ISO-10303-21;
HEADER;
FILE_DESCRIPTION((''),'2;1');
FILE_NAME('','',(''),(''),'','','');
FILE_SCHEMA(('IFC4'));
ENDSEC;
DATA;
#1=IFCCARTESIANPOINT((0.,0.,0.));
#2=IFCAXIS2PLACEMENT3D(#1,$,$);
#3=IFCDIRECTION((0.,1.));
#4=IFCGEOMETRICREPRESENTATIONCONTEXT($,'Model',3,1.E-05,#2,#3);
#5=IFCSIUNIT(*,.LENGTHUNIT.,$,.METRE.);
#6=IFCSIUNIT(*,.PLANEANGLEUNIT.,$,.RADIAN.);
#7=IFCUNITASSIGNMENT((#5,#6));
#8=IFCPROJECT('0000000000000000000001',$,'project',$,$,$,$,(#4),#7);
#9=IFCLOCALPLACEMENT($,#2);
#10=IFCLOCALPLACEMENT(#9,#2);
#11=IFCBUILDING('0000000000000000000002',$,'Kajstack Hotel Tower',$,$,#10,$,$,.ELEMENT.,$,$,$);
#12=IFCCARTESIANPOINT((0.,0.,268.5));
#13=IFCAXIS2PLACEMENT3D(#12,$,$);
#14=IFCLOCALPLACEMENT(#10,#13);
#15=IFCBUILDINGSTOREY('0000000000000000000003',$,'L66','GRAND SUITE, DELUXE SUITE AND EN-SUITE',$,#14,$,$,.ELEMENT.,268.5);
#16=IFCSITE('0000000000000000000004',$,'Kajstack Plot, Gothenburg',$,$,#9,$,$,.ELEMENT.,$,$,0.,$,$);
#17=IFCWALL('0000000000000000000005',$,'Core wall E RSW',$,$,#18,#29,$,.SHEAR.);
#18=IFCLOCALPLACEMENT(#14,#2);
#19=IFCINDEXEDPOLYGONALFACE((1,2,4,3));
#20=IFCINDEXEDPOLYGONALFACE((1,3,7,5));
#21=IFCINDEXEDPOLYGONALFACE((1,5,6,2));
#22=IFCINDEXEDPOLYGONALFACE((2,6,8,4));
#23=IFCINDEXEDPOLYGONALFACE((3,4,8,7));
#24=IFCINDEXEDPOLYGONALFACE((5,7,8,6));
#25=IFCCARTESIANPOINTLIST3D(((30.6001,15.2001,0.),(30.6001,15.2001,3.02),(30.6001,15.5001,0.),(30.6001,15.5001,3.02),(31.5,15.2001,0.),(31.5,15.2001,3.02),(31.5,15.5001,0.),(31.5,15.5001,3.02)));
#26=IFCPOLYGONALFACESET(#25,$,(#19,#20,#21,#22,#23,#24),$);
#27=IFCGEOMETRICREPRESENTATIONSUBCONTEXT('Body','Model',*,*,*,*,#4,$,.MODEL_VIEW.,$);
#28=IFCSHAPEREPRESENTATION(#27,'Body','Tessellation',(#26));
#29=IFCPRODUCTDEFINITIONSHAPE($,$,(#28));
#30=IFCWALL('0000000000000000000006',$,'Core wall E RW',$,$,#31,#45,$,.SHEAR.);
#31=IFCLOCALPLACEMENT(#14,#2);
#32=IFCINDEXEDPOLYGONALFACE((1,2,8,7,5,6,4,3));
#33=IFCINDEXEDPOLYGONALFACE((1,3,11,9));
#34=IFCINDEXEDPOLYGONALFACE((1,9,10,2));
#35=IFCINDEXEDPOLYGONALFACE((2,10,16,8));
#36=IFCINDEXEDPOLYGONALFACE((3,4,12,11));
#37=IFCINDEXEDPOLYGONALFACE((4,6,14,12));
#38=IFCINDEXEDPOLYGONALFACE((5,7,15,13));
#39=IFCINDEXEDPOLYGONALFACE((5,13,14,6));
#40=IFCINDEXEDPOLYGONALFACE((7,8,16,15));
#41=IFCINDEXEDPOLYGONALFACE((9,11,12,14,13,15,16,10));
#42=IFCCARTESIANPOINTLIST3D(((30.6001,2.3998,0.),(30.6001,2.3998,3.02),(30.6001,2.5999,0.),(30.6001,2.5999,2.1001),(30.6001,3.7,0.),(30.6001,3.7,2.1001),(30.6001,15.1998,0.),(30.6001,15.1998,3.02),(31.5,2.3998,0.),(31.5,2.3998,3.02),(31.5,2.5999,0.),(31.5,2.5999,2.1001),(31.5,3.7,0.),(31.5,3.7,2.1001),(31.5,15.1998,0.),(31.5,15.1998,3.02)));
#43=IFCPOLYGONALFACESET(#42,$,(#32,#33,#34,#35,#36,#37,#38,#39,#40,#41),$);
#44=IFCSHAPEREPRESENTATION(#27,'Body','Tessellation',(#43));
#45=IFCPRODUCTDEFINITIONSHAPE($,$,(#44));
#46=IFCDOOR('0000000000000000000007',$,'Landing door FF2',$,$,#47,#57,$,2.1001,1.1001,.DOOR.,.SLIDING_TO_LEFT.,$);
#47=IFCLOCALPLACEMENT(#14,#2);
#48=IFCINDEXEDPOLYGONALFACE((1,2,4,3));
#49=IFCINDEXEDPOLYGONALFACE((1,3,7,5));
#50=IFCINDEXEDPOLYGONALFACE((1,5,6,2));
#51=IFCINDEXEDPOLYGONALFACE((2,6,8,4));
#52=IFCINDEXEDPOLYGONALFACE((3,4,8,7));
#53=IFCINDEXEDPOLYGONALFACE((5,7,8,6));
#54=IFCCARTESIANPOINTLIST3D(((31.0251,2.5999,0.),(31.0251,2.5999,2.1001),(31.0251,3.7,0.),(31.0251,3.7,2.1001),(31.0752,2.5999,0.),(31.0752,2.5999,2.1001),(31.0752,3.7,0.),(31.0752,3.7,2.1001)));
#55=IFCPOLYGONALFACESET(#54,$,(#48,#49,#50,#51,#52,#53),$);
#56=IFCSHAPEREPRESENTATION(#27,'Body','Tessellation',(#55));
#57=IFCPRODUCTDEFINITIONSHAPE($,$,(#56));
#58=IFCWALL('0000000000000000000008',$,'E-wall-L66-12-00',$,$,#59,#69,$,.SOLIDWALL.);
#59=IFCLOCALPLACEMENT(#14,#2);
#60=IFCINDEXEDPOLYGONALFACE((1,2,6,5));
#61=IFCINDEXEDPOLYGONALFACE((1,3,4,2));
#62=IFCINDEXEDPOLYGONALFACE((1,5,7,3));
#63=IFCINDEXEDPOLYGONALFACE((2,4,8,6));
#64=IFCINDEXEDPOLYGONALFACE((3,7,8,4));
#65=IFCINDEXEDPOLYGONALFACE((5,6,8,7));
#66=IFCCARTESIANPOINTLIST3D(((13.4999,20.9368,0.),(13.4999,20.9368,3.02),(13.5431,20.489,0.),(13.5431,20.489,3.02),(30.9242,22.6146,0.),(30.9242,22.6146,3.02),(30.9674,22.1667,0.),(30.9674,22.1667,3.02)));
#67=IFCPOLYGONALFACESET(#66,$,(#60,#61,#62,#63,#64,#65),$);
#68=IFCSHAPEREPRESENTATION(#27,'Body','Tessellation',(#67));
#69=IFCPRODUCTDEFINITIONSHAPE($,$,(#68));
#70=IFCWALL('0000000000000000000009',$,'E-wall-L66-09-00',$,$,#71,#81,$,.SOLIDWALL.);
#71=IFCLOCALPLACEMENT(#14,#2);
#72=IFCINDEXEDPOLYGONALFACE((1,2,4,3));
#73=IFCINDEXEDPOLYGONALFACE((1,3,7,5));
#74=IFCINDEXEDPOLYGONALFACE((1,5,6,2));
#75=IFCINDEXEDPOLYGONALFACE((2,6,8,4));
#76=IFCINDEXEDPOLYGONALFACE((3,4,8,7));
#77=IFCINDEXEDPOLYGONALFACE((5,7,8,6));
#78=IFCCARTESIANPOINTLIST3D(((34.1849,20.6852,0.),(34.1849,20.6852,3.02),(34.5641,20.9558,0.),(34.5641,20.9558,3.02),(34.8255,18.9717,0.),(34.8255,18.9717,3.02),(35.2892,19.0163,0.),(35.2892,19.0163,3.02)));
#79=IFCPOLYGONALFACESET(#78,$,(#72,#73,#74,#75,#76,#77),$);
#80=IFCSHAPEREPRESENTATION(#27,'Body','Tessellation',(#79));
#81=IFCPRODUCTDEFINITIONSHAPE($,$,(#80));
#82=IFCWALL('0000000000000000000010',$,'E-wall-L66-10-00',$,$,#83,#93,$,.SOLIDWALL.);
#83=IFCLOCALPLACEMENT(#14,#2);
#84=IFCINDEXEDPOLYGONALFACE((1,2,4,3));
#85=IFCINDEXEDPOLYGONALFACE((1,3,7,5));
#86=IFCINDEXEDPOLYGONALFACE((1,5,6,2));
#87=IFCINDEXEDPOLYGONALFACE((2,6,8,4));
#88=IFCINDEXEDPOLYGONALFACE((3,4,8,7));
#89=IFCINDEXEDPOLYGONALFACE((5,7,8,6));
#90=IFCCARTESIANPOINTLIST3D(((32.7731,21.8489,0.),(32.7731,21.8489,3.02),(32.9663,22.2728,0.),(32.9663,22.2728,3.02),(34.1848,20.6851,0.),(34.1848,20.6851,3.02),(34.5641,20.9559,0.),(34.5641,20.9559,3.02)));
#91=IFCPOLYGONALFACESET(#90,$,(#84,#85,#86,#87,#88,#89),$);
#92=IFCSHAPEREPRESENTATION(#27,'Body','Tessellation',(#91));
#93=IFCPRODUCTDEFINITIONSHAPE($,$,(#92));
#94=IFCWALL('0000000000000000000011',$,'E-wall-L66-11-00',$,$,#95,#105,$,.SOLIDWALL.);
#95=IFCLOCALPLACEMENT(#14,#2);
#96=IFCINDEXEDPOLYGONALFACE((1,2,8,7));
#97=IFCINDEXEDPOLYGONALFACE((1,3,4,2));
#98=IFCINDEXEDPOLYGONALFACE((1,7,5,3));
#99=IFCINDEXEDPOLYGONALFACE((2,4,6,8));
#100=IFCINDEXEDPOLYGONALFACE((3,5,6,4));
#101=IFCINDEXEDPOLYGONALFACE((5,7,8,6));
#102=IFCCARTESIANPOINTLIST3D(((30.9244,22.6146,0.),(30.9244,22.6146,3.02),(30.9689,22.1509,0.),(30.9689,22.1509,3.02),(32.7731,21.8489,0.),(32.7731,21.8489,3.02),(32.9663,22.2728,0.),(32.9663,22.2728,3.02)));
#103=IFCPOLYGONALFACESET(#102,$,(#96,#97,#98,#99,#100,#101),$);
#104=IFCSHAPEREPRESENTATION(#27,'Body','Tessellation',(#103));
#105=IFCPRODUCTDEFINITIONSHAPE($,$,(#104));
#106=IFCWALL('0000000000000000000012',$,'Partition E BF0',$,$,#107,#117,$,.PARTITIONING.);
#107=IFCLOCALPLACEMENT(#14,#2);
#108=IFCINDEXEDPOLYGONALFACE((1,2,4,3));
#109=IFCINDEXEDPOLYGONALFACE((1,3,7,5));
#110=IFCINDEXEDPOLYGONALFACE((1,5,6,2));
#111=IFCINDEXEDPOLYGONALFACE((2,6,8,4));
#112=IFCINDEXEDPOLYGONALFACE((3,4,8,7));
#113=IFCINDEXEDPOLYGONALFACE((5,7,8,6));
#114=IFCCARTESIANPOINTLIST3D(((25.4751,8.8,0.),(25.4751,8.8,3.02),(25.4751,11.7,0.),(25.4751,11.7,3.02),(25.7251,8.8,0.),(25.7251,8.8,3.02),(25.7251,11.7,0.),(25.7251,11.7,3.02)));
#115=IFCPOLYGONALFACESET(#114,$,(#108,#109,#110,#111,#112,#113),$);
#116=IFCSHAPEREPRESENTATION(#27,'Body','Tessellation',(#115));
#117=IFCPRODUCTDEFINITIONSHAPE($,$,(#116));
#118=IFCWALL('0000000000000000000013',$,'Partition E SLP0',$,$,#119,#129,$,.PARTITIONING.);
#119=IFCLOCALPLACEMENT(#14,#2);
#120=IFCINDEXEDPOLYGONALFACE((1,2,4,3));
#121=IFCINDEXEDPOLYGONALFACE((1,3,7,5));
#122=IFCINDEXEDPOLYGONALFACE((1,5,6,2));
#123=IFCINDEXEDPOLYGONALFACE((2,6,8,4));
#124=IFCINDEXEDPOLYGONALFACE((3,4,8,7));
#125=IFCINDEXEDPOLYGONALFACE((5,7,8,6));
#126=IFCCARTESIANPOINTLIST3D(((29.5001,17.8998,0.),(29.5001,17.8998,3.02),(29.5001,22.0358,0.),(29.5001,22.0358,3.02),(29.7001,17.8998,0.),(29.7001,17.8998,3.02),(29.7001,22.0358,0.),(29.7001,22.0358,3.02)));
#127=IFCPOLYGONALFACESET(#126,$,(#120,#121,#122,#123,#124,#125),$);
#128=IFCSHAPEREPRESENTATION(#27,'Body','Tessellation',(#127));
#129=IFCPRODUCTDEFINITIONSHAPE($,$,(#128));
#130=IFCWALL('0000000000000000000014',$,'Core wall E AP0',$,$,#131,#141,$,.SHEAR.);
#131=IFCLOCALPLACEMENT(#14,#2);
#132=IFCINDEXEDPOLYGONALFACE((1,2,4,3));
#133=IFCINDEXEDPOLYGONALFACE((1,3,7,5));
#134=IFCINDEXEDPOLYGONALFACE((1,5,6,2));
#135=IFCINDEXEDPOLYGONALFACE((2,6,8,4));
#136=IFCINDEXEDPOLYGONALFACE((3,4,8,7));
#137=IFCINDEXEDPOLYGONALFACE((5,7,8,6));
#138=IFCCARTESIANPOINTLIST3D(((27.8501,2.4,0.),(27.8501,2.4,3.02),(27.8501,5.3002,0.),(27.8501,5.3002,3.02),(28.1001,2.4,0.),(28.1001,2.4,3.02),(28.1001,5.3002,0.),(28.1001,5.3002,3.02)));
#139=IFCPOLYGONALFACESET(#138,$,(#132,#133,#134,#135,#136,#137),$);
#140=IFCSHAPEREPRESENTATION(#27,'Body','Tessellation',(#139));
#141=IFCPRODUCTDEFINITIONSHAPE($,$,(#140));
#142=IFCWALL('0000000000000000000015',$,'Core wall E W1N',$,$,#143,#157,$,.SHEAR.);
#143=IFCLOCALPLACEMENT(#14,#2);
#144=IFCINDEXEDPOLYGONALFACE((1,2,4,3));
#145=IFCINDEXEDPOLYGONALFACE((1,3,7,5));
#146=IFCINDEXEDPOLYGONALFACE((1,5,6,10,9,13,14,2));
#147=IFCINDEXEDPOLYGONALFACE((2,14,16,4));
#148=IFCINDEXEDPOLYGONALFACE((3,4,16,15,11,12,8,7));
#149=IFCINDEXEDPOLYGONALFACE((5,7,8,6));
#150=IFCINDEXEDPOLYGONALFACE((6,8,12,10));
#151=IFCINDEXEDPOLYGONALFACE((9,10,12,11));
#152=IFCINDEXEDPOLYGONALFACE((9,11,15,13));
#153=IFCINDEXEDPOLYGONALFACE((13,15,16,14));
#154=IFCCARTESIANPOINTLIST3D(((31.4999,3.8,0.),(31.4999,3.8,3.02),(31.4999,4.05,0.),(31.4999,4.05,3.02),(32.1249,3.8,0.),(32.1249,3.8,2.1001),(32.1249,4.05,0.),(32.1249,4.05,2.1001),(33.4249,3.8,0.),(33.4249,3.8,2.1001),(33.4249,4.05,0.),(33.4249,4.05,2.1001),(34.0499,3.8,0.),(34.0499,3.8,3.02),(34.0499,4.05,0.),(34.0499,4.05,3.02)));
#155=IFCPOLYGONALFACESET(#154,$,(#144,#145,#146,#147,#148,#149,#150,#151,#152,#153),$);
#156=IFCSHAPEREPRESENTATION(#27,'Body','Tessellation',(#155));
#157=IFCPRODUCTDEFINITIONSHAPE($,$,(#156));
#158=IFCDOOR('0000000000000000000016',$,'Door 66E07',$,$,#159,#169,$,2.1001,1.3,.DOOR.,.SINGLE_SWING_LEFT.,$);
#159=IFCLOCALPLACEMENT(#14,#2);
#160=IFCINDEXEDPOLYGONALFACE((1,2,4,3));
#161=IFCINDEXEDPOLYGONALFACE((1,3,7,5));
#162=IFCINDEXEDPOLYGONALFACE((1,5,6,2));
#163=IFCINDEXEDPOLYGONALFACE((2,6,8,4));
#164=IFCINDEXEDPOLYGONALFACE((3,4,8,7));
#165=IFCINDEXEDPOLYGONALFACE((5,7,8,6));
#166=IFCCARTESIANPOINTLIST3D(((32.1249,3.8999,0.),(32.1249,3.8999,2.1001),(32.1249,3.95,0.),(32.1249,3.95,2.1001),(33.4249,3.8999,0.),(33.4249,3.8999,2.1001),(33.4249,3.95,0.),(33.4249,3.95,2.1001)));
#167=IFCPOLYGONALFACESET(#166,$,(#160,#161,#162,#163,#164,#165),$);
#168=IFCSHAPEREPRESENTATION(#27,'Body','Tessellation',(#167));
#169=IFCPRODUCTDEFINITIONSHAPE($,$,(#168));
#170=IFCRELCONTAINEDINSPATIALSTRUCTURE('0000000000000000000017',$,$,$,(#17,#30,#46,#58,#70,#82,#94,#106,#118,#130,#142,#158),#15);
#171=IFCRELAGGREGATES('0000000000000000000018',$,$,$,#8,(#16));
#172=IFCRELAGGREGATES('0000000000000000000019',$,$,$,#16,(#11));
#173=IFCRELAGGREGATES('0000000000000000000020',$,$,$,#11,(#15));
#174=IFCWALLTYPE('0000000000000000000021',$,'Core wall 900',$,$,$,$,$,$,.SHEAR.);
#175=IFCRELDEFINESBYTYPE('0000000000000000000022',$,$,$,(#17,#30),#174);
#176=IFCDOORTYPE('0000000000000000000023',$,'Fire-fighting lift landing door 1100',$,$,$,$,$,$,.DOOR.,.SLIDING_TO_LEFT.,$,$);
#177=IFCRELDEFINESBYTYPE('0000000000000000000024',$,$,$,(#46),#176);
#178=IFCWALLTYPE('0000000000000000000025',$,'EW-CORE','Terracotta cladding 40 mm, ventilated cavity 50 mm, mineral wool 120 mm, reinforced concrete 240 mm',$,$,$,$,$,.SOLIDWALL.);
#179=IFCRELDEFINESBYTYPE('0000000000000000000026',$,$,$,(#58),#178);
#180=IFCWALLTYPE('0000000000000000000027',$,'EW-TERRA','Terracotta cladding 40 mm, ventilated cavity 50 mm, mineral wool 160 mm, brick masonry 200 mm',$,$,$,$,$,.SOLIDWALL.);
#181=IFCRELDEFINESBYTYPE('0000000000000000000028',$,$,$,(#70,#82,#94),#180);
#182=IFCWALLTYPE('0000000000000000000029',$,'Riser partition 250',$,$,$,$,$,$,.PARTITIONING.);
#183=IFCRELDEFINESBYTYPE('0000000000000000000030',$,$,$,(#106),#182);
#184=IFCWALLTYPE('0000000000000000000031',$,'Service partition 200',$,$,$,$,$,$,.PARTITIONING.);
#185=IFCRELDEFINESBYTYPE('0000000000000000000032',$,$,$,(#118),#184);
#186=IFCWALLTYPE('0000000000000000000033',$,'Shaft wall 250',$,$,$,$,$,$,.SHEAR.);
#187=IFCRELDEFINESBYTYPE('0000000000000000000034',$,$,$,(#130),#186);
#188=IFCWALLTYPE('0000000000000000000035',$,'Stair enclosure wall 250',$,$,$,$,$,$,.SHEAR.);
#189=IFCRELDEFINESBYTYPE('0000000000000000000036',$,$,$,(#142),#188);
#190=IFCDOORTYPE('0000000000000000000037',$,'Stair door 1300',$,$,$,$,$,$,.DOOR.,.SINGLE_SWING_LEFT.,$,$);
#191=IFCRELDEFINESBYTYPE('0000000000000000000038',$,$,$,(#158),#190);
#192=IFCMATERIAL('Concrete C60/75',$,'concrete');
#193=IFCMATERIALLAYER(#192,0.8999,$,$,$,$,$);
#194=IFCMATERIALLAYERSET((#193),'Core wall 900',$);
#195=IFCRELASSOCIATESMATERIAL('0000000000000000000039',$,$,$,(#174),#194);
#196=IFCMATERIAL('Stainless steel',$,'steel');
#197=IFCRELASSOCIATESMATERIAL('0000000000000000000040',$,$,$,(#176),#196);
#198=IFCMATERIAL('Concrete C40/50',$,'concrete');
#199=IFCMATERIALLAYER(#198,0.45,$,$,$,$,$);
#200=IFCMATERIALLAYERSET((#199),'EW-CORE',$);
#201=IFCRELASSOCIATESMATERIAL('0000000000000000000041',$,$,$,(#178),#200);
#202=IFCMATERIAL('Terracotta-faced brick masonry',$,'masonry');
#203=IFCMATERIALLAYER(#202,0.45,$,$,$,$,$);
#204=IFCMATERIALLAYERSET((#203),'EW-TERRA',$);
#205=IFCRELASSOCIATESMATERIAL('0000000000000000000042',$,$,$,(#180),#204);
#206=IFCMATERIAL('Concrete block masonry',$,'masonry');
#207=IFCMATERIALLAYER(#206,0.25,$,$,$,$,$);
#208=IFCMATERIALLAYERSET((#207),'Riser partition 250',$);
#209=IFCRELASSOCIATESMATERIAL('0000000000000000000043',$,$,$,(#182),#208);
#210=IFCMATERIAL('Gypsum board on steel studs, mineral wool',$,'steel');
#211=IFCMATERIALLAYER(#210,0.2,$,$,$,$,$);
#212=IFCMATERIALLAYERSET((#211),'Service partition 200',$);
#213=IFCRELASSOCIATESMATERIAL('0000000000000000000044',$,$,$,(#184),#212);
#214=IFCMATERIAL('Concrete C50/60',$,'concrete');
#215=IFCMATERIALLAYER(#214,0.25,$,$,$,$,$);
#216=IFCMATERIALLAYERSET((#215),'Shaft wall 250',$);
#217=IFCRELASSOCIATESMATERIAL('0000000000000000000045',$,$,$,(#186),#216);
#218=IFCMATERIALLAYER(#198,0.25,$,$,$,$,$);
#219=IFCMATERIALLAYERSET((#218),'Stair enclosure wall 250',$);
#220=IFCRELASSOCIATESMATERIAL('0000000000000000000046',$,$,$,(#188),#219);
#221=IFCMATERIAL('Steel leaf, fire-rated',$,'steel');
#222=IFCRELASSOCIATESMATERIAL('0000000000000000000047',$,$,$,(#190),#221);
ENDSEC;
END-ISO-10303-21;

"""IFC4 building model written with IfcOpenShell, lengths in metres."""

from ifc_helpers import new_model, si_unit, direction, frame, frame_2d, origin, place, context, subcontext, project, spatial, polyline, rectangle, outline, extrude, material, layer, layer_set, type_object, element, fill, save


model = new_model("IFC4")

# Units and contexts
model_context = context("Model", 3, precision=1e-05, world=origin(), true_north=direction((0.0, 1.0)))
body_context = subcontext(model_context, "Body", "Model", "MODEL_VIEW")
ifc_project = project(units=[si_unit("LENGTHUNIT", "METRE"), si_unit("PLANEANGLEUNIT", "RADIAN")], contexts=[model_context])

# Site, building, storey
site_placement = place(None, origin())
site = spatial("IfcSite", under=ifc_project, at=site_placement, Name="Kajstack Plot, Gothenburg", CompositionType="ELEMENT", RefElevation=0.0)
building_placement = place(site_placement, origin())
building = spatial("IfcBuilding", under=site, at=building_placement, Name="Kajstack Hotel Tower", CompositionType="ELEMENT")
storey_placement = place(building_placement, frame((0.0, 0.0, 268.5)))
storey = spatial("IfcBuildingStorey", under=building, at=storey_placement, Name="L66", Description="GRAND SUITE, DELUXE SUITE AND EN-SUITE", CompositionType="ELEMENT", Elevation=268.5)

# Wall
ifc_material_1 = material(Name="Concrete C60/75", Category="concrete")
ifc_layer_1 = layer(ifc_material_1, 0.8999)
ifc_layer_set_1 = layer_set([ifc_layer_1], Name="Core wall 900")
wall_type_1 = type_object("IfcWallType", Name="Core wall 900", PredefinedType="SHEAR", material=ifc_layer_set_1)
wall_1_placement = place(storey_placement, frame((30.6001, 15.3501, 0.0), z_axis=(0.0, 0.0, 1.0), x_axis=(1.0, 0.0, 0.0)))
element("IfcWall", 1, at=wall_1_placement, inside=storey, type_object=wall_type_1, Name="Core wall E RSW", PredefinedType="SHEAR", context=body_context, shape_type="SweptSolid", body=[
    extrude(rectangle(XDim=0.8999, YDim=0.3, at=frame_2d((0.45, 0.0))), origin(), (0.0, 0.0, 1.0), 3.02),
])

# Wall, opening, door
wall_2_placement = place(storey_placement, frame((31.05, 2.3999, 0.0), z_axis=(0.0, 0.0, 1.0), x_axis=(0.0, 1.0, 0.0)))
wall_2 = element("IfcWall", 2, at=wall_2_placement, inside=storey, type_object=wall_type_1, Name="Core wall E RW", PredefinedType="SHEAR", context=body_context, shape_type="SweptSolid", body=[
    extrude(rectangle(XDim=12.8, YDim=0.8999, at=frame_2d((6.3999, 0.0))), origin(), (0.0, 0.0, 1.0), 3.02),
])
opening_1_placement = place(wall_2_placement, frame((0.2, 0.0, 0.0)))
opening_1 = element("IfcOpeningElement", 3, at=opening_1_placement, cuts=wall_2, PredefinedType="OPENING", context=body_context, shape_type="SweptSolid", body=[
    extrude(rectangle(XDim=1.1001, YDim=2.1001, at=frame_2d((0.55, 1.05))), frame((0.0, 0.46, 0.0), z_axis=(0.0, -1.0, 0.0), x_axis=(1.0, 0.0, 0.0)), (0.0, 0.0, 1.0), 0.9199),
])
ifc_material_2 = material(Name="Stainless steel", Category="steel")
door_type_1 = type_object("IfcDoorType", Name="Fire-fighting lift landing door 1100", OperationType="SLIDING_TO_LEFT", PredefinedType="DOOR", material=ifc_material_2)
door_1_placement = place(opening_1_placement, origin())
door_1 = element("IfcDoor", 4, at=door_1_placement, inside=storey, type_object=door_type_1, Name="Landing door FF2", OperationType="SLIDING_TO_LEFT", OverallHeight=2.1001, OverallWidth=1.1001, PredefinedType="DOOR", context=body_context, shape_type="SweptSolid", body=[
    extrude(rectangle(XDim=1.1001, YDim=2.1001, at=frame_2d((0.55, 1.05))), frame((0.0, 0.0249, 0.0), z_axis=(0.0, -1.0, 0.0), x_axis=(1.0, 0.0, 0.0)), (0.0, 0.0, 1.0), 0.05),
])
fill(opening_1, door_1)

# Walls
ifc_material_3 = material(Name="Concrete C40/50", Category="concrete")
ifc_layer_2 = layer(ifc_material_3, 0.45)
ifc_layer_set_2 = layer_set([ifc_layer_2], Name="EW-CORE")
wall_type_2 = type_object("IfcWallType", Name="EW-CORE", Description="Terracotta cladding 40 mm, ventilated cavity 50 mm, mineral wool 120 mm, reinforced concrete 240 mm", PredefinedType="SOLIDWALL", material=ifc_layer_set_2)
wall_3_placement = place(storey_placement, frame((30.9458, 22.3906, 0.0), z_axis=(0.0, 0.0, 1.0), x_axis=(-0.995396, -0.095844, 0.0)))
element("IfcWall", 5, at=wall_3_placement, inside=storey, type_object=wall_type_2, Name="E-wall-L66-12-00", PredefinedType="SOLIDWALL", context=body_context, shape_type="SweptSolid", body=[
    extrude(rectangle(XDim=17.5049, YDim=0.45, at=frame_2d((8.7524, 0.0))), origin(), (0.0, 0.0, 1.0), 3.02),
])
ifc_material_4 = material(Name="Terracotta-faced brick masonry", Category="masonry")
ifc_layer_3 = layer(ifc_material_4, 0.45)
ifc_layer_set_3 = layer_set([ifc_layer_3], Name="EW-TERRA")
wall_type_3 = type_object("IfcWallType", Name="EW-TERRA", Description="Terracotta cladding 40 mm, ventilated cavity 50 mm, mineral wool 160 mm, brick masonry 200 mm", PredefinedType="SOLIDWALL", material=ifc_layer_set_3)
wall_4_placement = place(storey_placement, frame((35.0784, 18.9375, 0.0), z_axis=(0.0, 0.0, 1.0), x_axis=(-0.350193, 0.936678, 0.0)))
element("IfcWall", 6, at=wall_4_placement, inside=storey, type_object=wall_type_3, Name="E-wall-L66-09-00", PredefinedType="SOLIDWALL", context=body_context, shape_type="SweptSolid", body=[
    extrude(outline(polyline([(0.0, -0.2251), (2.0706, -0.2251), (1.95, 0.2249), (0.1206, 0.2249), (0.0, -0.2251)])), origin(), (0.0, 0.0, 1.0), 3.02),
])
wall_5_placement = place(storey_placement, frame((34.4209, 20.7822, 0.0), z_axis=(0.0, 0.0, 1.0), x_axis=(-0.771593, 0.636116, 0.0)))
element("IfcWall", 7, at=wall_5_placement, inside=storey, type_object=wall_type_3, Name="E-wall-L66-10-00", PredefinedType="SOLIDWALL", context=body_context, shape_type="SweptSolid", body=[
    extrude(outline(polyline([(0.0, -0.2251), (2.0706, -0.2249), (1.95, 0.2251), (0.1204, 0.2251), (0.0, -0.2251)])), origin(), (0.0, 0.0, 1.0), 3.02),
])
wall_6_placement = place(storey_placement, frame((32.9292, 22.051, 0.0), z_axis=(0.0, 0.0, 1.0), x_axis=(-0.986298, 0.164973, 0.0)))
element("IfcWall", 8, at=wall_6_placement, inside=storey, type_object=wall_type_3, Name="E-wall-L66-11-00", PredefinedType="SOLIDWALL", context=body_context, shape_type="SweptSolid", body=[
    extrude(outline(polyline([(0.0, -0.2249), (2.0703, -0.2251), (1.95, 0.2249), (0.1206, 0.2251), (0.0, -0.2249)])), origin(), (0.0, 0.0, 1.0), 3.02),
])
ifc_material_5 = material(Name="Concrete block masonry", Category="masonry")
ifc_layer_4 = layer(ifc_material_5, 0.25)
ifc_layer_set_4 = layer_set([ifc_layer_4], Name="Riser partition 250")
wall_type_4 = type_object("IfcWallType", Name="Riser partition 250", PredefinedType="PARTITIONING", material=ifc_layer_set_4)
wall_7_placement = place(storey_placement, frame((25.6001, 8.8, 0.0), z_axis=(0.0, 0.0, 1.0), x_axis=(0.0, 1.0, 0.0)))
element("IfcWall", 9, at=wall_7_placement, inside=storey, type_object=wall_type_4, Name="Partition E BF0", PredefinedType="PARTITIONING", context=body_context, shape_type="SweptSolid", body=[
    extrude(rectangle(XDim=2.8999, YDim=0.25, at=frame_2d((1.45, 0.0))), origin(), (0.0, 0.0, 1.0), 3.02),
])
ifc_material_6 = material(Name="Gypsum board on steel studs, mineral wool", Category="steel")
ifc_layer_5 = layer(ifc_material_6, 0.2)
ifc_layer_set_5 = layer_set([ifc_layer_5], Name="Service partition 200")
wall_type_5 = type_object("IfcWallType", Name="Service partition 200", PredefinedType="PARTITIONING", material=ifc_layer_set_5)
wall_8_placement = place(storey_placement, frame((29.6001, 17.8999, 0.0), z_axis=(0.0, 0.0, 1.0), x_axis=(0.0, 1.0, 0.0)))
element("IfcWall", 10, at=wall_8_placement, inside=storey, type_object=wall_type_5, Name="Partition E SLP0", PredefinedType="PARTITIONING", context=body_context, shape_type="SweptSolid", body=[
    extrude(rectangle(XDim=4.136, YDim=0.2, at=frame_2d((2.0679, 0.0))), origin(), (0.0, 0.0, 1.0), 3.02),
])
ifc_material_7 = material(Name="Concrete C50/60", Category="concrete")
ifc_layer_6 = layer(ifc_material_7, 0.25)
ifc_layer_set_6 = layer_set([ifc_layer_6], Name="Shaft wall 250")
wall_type_6 = type_object("IfcWallType", Name="Shaft wall 250", PredefinedType="SHEAR", material=ifc_layer_set_6)
wall_9_placement = place(storey_placement, frame((27.9751, 2.3999, 0.0), z_axis=(0.0, 0.0, 1.0), x_axis=(0.0, 1.0, 0.0)))
element("IfcWall", 11, at=wall_9_placement, inside=storey, type_object=wall_type_6, Name="Core wall E AP0", PredefinedType="SHEAR", context=body_context, shape_type="SweptSolid", body=[
    extrude(rectangle(XDim=2.9001, YDim=0.25, at=frame_2d((1.4502, 0.0))), origin(), (0.0, 0.0, 1.0), 3.02),
])

# Wall, opening, door
ifc_layer_7 = layer(ifc_material_3, 0.25)
ifc_layer_set_7 = layer_set([ifc_layer_7], Name="Stair enclosure wall 250")
wall_type_7 = type_object("IfcWallType", Name="Stair enclosure wall 250", PredefinedType="SHEAR", material=ifc_layer_set_7)
wall_10_placement = place(storey_placement, frame((31.5, 3.925, 0.0), z_axis=(0.0, 0.0, 1.0), x_axis=(1.0, 0.0, 0.0)))
wall_10 = element("IfcWall", 12, at=wall_10_placement, inside=storey, type_object=wall_type_7, Name="Core wall E W1N", PredefinedType="SHEAR", context=body_context, shape_type="SweptSolid", body=[
    extrude(rectangle(XDim=2.55, YDim=0.25, at=frame_2d((1.2749, 0.0))), origin(), (0.0, 0.0, 1.0), 3.02),
])
opening_2_placement = place(wall_10_placement, frame((0.625, 0.0, 0.0)))
opening_2 = element("IfcOpeningElement", 13, at=opening_2_placement, cuts=wall_10, PredefinedType="OPENING", context=body_context, shape_type="SweptSolid", body=[
    extrude(rectangle(XDim=1.3, YDim=2.1001, at=frame_2d((0.6499, 1.05))), frame((0.0, 0.135, 0.0), z_axis=(0.0, -1.0, 0.0), x_axis=(1.0, 0.0, 0.0)), (0.0, 0.0, 1.0), 0.27),
])
ifc_material_8 = material(Name="Steel leaf, fire-rated", Category="steel")
door_type_2 = type_object("IfcDoorType", Name="Stair door 1300", OperationType="SINGLE_SWING_LEFT", PredefinedType="DOOR", material=ifc_material_8)
door_2_placement = place(opening_2_placement, origin())
door_2 = element("IfcDoor", 14, at=door_2_placement, inside=storey, type_object=door_type_2, Name="Door 66E07", OperationType="SINGLE_SWING_LEFT", OverallHeight=2.1001, OverallWidth=1.3, PredefinedType="DOOR", context=body_context, shape_type="SweptSolid", body=[
    extrude(rectangle(XDim=1.3, YDim=2.1001, at=frame_2d((0.6499, 1.05))), frame((0.0, 0.0249, 0.0), z_axis=(0.0, -1.0, 0.0), x_axis=(1.0, 0.0, 0.0)), (0.0, 0.0, 1.0), 0.05),
])
fill(opening_2, door_2)

save(model, "model.ifc")
